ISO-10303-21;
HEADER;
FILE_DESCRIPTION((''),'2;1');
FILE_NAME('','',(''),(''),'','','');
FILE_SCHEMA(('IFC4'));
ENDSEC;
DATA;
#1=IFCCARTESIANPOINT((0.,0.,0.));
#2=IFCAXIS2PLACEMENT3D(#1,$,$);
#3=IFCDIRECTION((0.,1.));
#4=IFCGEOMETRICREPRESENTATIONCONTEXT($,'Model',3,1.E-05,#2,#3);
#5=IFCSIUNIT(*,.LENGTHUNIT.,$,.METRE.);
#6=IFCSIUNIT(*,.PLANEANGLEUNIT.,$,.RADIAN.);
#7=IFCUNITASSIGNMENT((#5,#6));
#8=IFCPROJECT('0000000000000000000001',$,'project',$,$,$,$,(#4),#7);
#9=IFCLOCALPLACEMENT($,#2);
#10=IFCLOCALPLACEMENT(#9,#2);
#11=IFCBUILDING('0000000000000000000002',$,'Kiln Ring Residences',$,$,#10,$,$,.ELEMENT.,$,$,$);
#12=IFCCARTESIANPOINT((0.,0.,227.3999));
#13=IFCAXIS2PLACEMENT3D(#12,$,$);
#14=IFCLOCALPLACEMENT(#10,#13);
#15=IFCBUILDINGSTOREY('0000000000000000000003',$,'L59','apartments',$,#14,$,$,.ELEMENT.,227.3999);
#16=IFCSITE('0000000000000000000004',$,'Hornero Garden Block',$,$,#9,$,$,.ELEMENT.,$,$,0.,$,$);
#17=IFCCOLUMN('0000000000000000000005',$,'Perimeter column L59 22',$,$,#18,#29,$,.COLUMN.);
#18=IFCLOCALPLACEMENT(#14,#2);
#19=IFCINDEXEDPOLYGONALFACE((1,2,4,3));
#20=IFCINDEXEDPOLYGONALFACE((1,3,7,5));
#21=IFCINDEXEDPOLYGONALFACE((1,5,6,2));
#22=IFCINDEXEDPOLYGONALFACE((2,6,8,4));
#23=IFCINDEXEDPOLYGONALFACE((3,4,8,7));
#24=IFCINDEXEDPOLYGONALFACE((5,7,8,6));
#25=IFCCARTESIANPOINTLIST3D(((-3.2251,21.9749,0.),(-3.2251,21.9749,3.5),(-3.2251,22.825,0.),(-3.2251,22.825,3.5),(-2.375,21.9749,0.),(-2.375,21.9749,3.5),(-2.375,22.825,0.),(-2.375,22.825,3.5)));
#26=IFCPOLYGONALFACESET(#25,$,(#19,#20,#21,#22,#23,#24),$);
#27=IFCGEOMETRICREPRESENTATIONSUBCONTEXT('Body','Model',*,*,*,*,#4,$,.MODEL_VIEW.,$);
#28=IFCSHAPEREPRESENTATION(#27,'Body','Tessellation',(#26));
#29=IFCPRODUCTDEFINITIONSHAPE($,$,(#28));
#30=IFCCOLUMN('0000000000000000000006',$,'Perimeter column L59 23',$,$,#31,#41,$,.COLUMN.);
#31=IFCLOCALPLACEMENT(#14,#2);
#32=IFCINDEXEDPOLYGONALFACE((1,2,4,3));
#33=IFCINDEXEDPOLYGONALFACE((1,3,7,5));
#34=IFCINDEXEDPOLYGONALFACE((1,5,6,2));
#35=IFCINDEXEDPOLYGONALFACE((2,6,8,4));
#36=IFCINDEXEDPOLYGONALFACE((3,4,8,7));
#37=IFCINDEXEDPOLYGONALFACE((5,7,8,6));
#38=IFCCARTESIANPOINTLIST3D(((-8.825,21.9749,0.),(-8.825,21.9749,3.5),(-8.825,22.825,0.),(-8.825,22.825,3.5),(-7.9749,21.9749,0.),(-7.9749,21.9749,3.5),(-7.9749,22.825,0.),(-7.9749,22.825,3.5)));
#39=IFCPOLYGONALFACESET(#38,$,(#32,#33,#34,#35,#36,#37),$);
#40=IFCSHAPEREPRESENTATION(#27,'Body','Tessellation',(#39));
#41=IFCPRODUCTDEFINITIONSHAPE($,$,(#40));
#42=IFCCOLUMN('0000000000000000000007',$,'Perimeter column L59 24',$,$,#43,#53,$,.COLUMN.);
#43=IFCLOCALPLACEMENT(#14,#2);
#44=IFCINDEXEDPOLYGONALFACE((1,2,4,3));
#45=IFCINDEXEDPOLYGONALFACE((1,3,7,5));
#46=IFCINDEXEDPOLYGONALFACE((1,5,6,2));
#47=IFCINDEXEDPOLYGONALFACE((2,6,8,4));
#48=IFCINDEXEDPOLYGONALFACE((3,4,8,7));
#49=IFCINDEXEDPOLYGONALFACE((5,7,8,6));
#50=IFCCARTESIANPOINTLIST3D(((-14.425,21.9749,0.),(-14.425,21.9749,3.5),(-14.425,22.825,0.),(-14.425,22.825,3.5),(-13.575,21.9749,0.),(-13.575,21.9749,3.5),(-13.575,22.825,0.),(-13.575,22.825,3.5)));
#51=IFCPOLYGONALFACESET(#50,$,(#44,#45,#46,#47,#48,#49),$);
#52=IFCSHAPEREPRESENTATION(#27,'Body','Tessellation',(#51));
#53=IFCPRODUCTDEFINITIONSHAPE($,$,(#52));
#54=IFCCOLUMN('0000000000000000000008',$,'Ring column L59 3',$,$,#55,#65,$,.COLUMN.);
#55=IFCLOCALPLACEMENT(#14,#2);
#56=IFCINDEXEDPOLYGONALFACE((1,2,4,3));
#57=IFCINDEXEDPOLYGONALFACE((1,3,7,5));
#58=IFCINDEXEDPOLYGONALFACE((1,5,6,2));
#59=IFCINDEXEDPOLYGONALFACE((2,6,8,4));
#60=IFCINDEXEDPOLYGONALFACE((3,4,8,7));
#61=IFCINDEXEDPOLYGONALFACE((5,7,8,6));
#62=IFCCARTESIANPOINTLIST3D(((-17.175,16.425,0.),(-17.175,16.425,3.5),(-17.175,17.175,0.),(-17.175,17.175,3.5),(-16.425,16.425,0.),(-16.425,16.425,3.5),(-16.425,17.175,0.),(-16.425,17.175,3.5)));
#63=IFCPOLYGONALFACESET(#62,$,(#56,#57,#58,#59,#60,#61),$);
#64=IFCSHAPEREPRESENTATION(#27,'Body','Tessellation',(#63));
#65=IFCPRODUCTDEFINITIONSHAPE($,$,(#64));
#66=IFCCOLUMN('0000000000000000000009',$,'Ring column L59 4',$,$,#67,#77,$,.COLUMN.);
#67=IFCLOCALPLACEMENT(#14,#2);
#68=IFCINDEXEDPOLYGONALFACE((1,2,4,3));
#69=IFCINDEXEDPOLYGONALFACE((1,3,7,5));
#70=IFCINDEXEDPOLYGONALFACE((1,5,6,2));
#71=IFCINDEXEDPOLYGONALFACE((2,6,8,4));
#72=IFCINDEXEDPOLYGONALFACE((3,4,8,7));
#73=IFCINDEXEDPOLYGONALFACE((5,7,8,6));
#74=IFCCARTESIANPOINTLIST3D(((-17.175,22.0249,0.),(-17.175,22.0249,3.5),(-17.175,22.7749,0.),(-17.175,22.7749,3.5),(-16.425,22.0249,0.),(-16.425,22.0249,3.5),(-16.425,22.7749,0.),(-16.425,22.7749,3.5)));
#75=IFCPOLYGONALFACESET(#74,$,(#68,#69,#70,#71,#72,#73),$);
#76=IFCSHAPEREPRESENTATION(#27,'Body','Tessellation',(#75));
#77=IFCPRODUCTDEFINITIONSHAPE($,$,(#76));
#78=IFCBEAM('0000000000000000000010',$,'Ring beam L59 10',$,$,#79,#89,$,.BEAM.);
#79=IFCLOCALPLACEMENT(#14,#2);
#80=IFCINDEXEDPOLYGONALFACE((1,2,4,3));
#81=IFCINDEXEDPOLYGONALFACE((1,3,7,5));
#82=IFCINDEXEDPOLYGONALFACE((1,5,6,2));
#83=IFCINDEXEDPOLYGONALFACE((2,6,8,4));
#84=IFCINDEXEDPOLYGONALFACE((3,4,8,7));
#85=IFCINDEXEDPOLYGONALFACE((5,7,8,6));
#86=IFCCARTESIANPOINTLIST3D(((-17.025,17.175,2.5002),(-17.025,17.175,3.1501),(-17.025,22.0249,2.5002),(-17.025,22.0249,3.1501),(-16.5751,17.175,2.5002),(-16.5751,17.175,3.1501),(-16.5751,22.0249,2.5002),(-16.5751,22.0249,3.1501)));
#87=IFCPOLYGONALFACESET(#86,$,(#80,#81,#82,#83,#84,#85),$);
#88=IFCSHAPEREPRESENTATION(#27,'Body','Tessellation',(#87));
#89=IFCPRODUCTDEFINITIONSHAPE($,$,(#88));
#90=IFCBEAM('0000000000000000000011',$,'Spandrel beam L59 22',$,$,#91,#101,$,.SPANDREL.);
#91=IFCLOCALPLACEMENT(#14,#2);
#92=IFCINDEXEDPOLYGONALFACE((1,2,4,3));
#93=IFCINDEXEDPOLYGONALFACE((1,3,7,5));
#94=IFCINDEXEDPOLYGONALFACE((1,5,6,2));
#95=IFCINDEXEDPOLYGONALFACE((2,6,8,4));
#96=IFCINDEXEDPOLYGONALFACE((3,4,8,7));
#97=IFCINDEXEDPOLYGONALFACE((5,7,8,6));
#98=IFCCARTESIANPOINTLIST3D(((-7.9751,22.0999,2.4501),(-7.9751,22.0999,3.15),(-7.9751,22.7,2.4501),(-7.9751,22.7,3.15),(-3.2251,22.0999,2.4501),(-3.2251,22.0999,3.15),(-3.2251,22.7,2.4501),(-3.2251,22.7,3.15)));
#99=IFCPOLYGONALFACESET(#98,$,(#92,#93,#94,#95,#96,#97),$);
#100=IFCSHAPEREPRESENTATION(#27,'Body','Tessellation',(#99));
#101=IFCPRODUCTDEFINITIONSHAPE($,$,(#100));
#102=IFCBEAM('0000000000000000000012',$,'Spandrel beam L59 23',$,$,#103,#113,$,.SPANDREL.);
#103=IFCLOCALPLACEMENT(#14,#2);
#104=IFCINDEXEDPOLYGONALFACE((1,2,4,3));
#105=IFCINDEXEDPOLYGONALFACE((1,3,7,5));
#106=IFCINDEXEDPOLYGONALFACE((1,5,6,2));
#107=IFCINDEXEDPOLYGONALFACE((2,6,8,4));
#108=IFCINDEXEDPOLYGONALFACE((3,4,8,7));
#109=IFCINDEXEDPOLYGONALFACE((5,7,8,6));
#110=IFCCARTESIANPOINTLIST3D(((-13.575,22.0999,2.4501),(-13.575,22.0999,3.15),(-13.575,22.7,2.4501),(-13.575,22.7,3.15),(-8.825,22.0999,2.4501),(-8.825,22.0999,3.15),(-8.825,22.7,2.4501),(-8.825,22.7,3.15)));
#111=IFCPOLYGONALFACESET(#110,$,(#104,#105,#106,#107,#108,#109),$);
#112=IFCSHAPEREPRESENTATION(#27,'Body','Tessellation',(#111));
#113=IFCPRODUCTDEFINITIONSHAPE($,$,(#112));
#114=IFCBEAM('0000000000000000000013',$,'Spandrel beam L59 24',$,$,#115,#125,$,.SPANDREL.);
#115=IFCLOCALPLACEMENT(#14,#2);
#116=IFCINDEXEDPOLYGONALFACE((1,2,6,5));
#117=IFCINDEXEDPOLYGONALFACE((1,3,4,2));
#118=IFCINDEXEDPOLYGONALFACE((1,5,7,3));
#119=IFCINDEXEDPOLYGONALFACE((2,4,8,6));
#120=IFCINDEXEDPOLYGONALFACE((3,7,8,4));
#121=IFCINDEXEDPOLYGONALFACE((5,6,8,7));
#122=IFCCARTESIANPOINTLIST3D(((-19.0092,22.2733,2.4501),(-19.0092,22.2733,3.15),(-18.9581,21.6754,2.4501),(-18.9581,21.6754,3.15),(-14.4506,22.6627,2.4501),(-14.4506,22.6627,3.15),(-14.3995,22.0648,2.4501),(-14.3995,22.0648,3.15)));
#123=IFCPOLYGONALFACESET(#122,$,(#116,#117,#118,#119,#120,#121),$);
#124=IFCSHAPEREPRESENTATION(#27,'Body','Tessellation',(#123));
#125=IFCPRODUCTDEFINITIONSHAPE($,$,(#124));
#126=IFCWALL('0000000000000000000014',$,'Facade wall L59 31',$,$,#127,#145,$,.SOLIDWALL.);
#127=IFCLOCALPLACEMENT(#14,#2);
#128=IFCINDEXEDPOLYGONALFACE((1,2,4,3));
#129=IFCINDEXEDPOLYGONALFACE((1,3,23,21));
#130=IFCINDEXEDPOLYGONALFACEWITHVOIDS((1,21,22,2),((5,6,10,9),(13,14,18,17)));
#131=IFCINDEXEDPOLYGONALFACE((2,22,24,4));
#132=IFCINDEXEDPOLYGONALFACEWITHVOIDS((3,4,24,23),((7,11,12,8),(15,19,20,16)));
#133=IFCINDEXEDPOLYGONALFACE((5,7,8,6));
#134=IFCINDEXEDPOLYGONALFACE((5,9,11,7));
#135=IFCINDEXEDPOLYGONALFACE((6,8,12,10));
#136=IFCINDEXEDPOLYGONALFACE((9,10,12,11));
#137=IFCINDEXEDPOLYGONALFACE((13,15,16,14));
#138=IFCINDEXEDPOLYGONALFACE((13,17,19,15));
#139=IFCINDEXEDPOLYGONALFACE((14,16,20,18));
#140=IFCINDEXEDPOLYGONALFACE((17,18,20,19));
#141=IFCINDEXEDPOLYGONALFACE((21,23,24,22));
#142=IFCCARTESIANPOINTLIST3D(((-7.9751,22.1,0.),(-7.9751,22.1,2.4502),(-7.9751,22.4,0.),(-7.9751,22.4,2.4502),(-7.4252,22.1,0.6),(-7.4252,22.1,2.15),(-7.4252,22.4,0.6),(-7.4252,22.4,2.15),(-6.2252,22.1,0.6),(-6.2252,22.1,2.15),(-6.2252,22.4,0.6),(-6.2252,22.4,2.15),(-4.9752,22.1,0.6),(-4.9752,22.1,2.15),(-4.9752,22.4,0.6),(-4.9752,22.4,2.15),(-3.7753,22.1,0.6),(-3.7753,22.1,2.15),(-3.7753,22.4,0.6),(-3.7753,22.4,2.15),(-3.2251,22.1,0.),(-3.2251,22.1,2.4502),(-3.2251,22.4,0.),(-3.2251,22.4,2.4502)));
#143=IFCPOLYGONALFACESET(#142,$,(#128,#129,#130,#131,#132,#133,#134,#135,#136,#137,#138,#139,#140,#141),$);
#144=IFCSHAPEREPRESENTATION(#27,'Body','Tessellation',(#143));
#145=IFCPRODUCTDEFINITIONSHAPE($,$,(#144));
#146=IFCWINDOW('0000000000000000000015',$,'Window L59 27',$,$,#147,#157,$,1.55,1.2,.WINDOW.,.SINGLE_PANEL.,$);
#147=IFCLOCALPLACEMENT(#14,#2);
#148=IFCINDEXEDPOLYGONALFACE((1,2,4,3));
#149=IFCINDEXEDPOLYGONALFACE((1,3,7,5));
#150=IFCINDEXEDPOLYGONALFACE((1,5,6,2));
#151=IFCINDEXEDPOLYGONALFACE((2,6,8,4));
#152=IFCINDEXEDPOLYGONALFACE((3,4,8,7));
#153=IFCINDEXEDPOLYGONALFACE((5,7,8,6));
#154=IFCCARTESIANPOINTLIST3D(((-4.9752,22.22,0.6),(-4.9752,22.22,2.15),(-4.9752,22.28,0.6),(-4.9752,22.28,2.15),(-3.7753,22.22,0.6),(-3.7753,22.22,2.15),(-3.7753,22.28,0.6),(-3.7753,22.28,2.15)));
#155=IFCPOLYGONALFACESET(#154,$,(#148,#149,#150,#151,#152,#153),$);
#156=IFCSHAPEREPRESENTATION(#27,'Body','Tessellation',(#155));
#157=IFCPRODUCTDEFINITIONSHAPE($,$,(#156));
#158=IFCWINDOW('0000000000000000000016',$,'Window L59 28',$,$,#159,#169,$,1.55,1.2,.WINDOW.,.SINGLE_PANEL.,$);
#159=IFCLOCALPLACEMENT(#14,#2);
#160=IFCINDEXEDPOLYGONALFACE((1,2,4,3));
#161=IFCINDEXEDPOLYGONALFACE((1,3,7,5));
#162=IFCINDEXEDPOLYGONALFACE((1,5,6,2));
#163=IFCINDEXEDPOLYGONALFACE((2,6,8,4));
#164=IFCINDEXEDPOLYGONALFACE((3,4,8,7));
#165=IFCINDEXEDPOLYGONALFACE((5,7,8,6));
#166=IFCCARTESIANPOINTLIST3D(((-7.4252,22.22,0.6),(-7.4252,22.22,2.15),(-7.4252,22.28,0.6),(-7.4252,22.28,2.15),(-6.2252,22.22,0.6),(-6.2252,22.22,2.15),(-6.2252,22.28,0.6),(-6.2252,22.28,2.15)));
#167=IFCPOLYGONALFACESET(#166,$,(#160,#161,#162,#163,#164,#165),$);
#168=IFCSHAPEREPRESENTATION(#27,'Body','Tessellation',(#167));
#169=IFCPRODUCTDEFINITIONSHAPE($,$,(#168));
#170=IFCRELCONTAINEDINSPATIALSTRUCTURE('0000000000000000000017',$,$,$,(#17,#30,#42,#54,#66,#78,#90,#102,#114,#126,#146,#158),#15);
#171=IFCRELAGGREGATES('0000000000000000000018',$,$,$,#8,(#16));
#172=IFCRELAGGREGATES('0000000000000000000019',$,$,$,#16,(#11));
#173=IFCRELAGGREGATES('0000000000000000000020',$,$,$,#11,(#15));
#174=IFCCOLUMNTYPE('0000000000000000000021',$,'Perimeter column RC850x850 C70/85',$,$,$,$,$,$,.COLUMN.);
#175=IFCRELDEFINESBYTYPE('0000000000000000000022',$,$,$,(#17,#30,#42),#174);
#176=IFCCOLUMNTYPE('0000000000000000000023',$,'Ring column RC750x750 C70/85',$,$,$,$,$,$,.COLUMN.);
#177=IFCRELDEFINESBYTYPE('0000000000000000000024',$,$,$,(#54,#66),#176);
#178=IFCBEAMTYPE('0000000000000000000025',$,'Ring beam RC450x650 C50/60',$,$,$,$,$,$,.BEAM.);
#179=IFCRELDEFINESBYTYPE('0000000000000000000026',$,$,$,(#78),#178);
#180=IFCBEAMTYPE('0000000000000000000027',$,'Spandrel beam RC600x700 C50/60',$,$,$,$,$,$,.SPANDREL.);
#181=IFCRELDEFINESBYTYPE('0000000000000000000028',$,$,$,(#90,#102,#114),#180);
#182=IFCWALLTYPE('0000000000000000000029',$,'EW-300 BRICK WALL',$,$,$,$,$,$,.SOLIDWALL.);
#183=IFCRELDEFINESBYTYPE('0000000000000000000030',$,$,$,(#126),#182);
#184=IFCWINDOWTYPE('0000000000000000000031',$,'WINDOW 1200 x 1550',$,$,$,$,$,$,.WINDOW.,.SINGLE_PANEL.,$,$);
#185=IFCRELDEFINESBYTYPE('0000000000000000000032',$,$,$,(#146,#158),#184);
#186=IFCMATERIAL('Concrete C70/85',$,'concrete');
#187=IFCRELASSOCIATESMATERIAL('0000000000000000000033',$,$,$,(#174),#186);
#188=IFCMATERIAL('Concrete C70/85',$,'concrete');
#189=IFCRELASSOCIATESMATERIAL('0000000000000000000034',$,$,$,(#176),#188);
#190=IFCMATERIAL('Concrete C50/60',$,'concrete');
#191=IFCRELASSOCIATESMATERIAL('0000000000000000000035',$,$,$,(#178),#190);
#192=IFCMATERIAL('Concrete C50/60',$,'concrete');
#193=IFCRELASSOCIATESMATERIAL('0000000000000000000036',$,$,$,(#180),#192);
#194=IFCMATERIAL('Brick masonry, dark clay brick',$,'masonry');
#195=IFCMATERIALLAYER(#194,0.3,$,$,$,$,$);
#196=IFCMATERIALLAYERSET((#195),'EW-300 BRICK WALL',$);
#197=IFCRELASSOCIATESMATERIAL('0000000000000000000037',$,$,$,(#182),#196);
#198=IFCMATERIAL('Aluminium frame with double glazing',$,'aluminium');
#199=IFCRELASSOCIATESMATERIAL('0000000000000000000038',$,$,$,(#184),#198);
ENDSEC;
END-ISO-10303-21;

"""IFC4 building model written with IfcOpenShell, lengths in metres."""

from ifc_helpers import new_model, si_unit, direction, frame, frame_2d, origin, origin_2d, place, context, subcontext, project, spatial, rectangle, extrude, material, layer, layer_set, material_profile, profile_set, type_object, element, fill, save


model = new_model("IFC4")

# Units and contexts
model_context = context("Model", 3, precision=1e-05, world=origin(), true_north=direction((0.0, 1.0)))
body_context = subcontext(model_context, "Body", "Model", "MODEL_VIEW")
ifc_project = project(units=[si_unit("LENGTHUNIT", "METRE"), si_unit("PLANEANGLEUNIT", "RADIAN")], contexts=[model_context])

# Site, building, storey
site_placement = place(None, origin())
site = spatial("IfcSite", under=ifc_project, at=site_placement, Name="Hornero Garden Block", CompositionType="ELEMENT", RefElevation=0.0)
building_placement = place(site_placement, origin())
building = spatial("IfcBuilding", under=site, at=building_placement, Name="Kiln Ring Residences", CompositionType="ELEMENT")
storey_placement = place(building_placement, frame((0.0, 0.0, 227.3999)))
storey = spatial("IfcBuildingStorey", under=building, at=storey_placement, Name="L59", Description="apartments", CompositionType="ELEMENT", Elevation=227.3999)

# Columns
ifc_material_1 = material(Name="Concrete C70/85", Category="concrete")
ifc_material_profile_1 = material_profile(ifc_material_1, rectangle(XDim=0.8501, YDim=0.8501, at=origin_2d()), Name="RC850x850")
ifc_profile_set_1 = profile_set([ifc_material_profile_1], Name="Concrete C70/85")
column_type_1 = type_object("IfcColumnType", Name="Perimeter column RC850x850 C70/85", PredefinedType="COLUMN", material=ifc_profile_set_1)
for number, where, z_axis, x_axis, name in (
    (1, (-2.8, 22.3999, 0.0), (0.0, 0.0, 1.0), (1.0, 0.0, 0.0), "Perimeter column L59 22"),
    (2, (-8.3999, 22.3999, 0.0), (0.0, 0.0, 1.0), (1.0, 0.0, 0.0), "Perimeter column L59 23"),
    (3, (-14.0, 22.3999, 0.0), (0.0, 0.0, 1.0), (1.0, 0.0, 0.0), "Perimeter column L59 24"),
):
    element("IfcColumn", number, at=place(storey_placement, frame(where, z_axis=z_axis, x_axis=x_axis)), inside=storey, type_object=column_type_1, Name=name, PredefinedType="COLUMN", context=body_context, shape_type="SweptSolid", body=[
        extrude(rectangle(XDim=0.8501, YDim=0.8501, at=origin_2d()), origin(), (0.0, 0.0, 1.0), 3.5),
    ])
ifc_material_2 = material(Name="Concrete C70/85", Category="concrete")
ifc_material_profile_2 = material_profile(ifc_material_2, rectangle(XDim=0.75, YDim=0.75, at=origin_2d()), Name="RC750x750")
ifc_profile_set_2 = profile_set([ifc_material_profile_2], Name="Concrete C70/85")
column_type_2 = type_object("IfcColumnType", Name="Ring column RC750x750 C70/85", PredefinedType="COLUMN", material=ifc_profile_set_2)
for number, where, z_axis, x_axis, name in (
    (4, (-16.8, 16.8, 0.0), (0.0, 0.0, 1.0), (1.0, 0.0, 0.0), "Ring column L59 3"),
    (5, (-16.8, 22.3999, 0.0), (0.0, 0.0, 1.0), (1.0, 0.0, 0.0), "Ring column L59 4"),
):
    element("IfcColumn", number, at=place(storey_placement, frame(where, z_axis=z_axis, x_axis=x_axis)), inside=storey, type_object=column_type_2, Name=name, PredefinedType="COLUMN", context=body_context, shape_type="SweptSolid", body=[
        extrude(rectangle(XDim=0.75, YDim=0.75, at=origin_2d()), origin(), (0.0, 0.0, 1.0), 3.5),
    ])

# Beams
ifc_material_3 = material(Name="Concrete C50/60", Category="concrete")
ifc_material_profile_3 = material_profile(ifc_material_3, rectangle(XDim=0.45, YDim=0.6499, at=origin_2d()), Name="RC450x650")
ifc_profile_set_3 = profile_set([ifc_material_profile_3], Name="Concrete C50/60")
beam_type_1 = type_object("IfcBeamType", Name="Ring beam RC450x650 C50/60", PredefinedType="BEAM", material=ifc_profile_set_3)
beam_1_placement = place(storey_placement, frame((-16.8, 17.175, 2.8252), z_axis=(0.0, 1.0, 0.0), x_axis=(-1.0, 0.0, 0.0)))
element("IfcBeam", 6, at=beam_1_placement, inside=storey, type_object=beam_type_1, Name="Ring beam L59 10", PredefinedType="BEAM", context=body_context, shape_type="SweptSolid", body=[
    extrude(rectangle(XDim=0.45, YDim=0.6499, at=origin_2d()), origin(), (0.0, 0.0, 1.0), 4.8499),
])
ifc_material_4 = material(Name="Concrete C50/60", Category="concrete")
ifc_material_profile_4 = material_profile(ifc_material_4, rectangle(XDim=0.6001, YDim=0.7, at=origin_2d()), Name="RC600x700")
ifc_profile_set_4 = profile_set([ifc_material_profile_4], Name="Concrete C50/60")
beam_type_2 = type_object("IfcBeamType", Name="Spandrel beam RC600x700 C50/60", PredefinedType="SPANDREL", material=ifc_profile_set_4)
for number, where, z_axis, x_axis, name in (
    (7, (-3.2251, 22.3999, 2.8), (-1.0, 0.0, 0.0), (0.0, -1.0, 0.0), "Spandrel beam L59 22"),
    (8, (-8.825, 22.3999, 2.8), (-1.0, 0.0, 0.0), (0.0, -1.0, 0.0), "Spandrel beam L59 23"),
):
    element("IfcBeam", number, at=place(storey_placement, frame(where, z_axis=z_axis, x_axis=x_axis)), inside=storey, type_object=beam_type_2, Name=name, PredefinedType="SPANDREL", context=body_context, shape_type="SweptSolid", body=[
        extrude(rectangle(XDim=0.6001, YDim=0.7, at=origin_2d()), origin(), (0.0, 0.0, 1.0), 4.75),
    ])
beam_2_placement = place(storey_placement, frame((-14.425, 22.3638, 2.8), z_axis=(-0.996371, -0.085112, 0.0), x_axis=(0.085112, -0.996371, 0.0)))
element("IfcBeam", 9, at=beam_2_placement, inside=storey, type_object=beam_type_2, Name="Spandrel beam L59 24", PredefinedType="SPANDREL", context=body_context, shape_type="SweptSolid", body=[
    extrude(rectangle(XDim=0.6001, YDim=0.7, at=origin_2d()), origin(), (0.0, 0.0, 1.0), 4.5752),
])

# Wall, openings, windows
ifc_material_5 = material(Name="Brick masonry, dark clay brick", Category="masonry")
ifc_layer_1 = layer(ifc_material_5, 0.3)
ifc_layer_set_1 = layer_set([ifc_layer_1], Name="EW-300 BRICK WALL")
wall_type_1 = type_object("IfcWallType", Name="EW-300 BRICK WALL", PredefinedType="SOLIDWALL", material=ifc_layer_set_1)
wall_1_placement = place(storey_placement, frame((-3.2251, 22.25, 0.0), z_axis=(0.0, 0.0, 1.0), x_axis=(-1.0, 0.0, 0.0)))
wall_1 = element("IfcWall", 10, at=wall_1_placement, inside=storey, type_object=wall_type_1, Name="Facade wall L59 31", PredefinedType="SOLIDWALL", context=body_context, shape_type="SweptSolid", body=[
    extrude(rectangle(XDim=4.75, YDim=0.3, at=frame_2d((2.375, 0.0))), origin(), (0.0, 0.0, 1.0), 2.4502),
])
opening_1_placement = place(wall_1_placement, frame((0.55, 0.0, 0.6001)))
opening_1 = element("IfcOpeningElement", 11, at=opening_1_placement, cuts=wall_1, PredefinedType="OPENING", context=body_context, shape_type="SweptSolid", body=[
    extrude(rectangle(XDim=1.2, YDim=1.55, at=frame_2d((0.6001, 0.7749))), frame((0.0, 0.1599, 0.0), z_axis=(0.0, -1.0, 0.0), x_axis=(1.0, 0.0, 0.0)), (0.0, 0.0, 1.0), 0.3201),
])
opening_2_placement = place(wall_1_placement, frame((3.0, 0.0, 0.6001)))
opening_2 = element("IfcOpeningElement", 12, at=opening_2_placement, cuts=wall_1, PredefinedType="OPENING", context=body_context, shape_type="SweptSolid", body=[
    extrude(rectangle(XDim=1.2, YDim=1.55, at=frame_2d((0.6001, 0.7749))), frame((0.0, 0.1599, 0.0), z_axis=(0.0, -1.0, 0.0), x_axis=(1.0, 0.0, 0.0)), (0.0, 0.0, 1.0), 0.3201),
])
ifc_material_6 = material(Name="Aluminium frame with double glazing", Category="aluminium")
window_type_1 = type_object("IfcWindowType", Name="WINDOW 1200 x 1550", PartitioningType="SINGLE_PANEL", PredefinedType="WINDOW", material=ifc_material_6)
window_1_placement = place(opening_1_placement, origin())
window_1 = element("IfcWindow", 13, at=window_1_placement, inside=storey, type_object=window_type_1, Name="Window L59 27", OverallHeight=1.55, OverallWidth=1.2, PartitioningType="SINGLE_PANEL", PredefinedType="WINDOW", context=body_context, shape_type="SweptSolid", body=[
    extrude(rectangle(XDim=1.2, YDim=1.55, at=frame_2d((0.6001, 0.7749))), frame((0.0, 0.03, 0.0), z_axis=(0.0, -1.0, 0.0), x_axis=(1.0, 0.0, 0.0)), (0.0, 0.0, 1.0), 0.0601),
])
fill(opening_1, window_1)
window_2_placement = place(opening_2_placement, origin())
window_2 = element("IfcWindow", 14, at=window_2_placement, inside=storey, type_object=window_type_1, Name="Window L59 28", OverallHeight=1.55, OverallWidth=1.2, PartitioningType="SINGLE_PANEL", PredefinedType="WINDOW", context=body_context, shape_type="SweptSolid", body=[
    extrude(rectangle(XDim=1.2, YDim=1.55, at=frame_2d((0.6001, 0.7749))), frame((0.0, 0.03, 0.0), z_axis=(0.0, -1.0, 0.0), x_axis=(1.0, 0.0, 0.0)), (0.0, 0.0, 1.0), 0.0601),
])
fill(opening_2, window_2)

save(model, "model.ifc")
